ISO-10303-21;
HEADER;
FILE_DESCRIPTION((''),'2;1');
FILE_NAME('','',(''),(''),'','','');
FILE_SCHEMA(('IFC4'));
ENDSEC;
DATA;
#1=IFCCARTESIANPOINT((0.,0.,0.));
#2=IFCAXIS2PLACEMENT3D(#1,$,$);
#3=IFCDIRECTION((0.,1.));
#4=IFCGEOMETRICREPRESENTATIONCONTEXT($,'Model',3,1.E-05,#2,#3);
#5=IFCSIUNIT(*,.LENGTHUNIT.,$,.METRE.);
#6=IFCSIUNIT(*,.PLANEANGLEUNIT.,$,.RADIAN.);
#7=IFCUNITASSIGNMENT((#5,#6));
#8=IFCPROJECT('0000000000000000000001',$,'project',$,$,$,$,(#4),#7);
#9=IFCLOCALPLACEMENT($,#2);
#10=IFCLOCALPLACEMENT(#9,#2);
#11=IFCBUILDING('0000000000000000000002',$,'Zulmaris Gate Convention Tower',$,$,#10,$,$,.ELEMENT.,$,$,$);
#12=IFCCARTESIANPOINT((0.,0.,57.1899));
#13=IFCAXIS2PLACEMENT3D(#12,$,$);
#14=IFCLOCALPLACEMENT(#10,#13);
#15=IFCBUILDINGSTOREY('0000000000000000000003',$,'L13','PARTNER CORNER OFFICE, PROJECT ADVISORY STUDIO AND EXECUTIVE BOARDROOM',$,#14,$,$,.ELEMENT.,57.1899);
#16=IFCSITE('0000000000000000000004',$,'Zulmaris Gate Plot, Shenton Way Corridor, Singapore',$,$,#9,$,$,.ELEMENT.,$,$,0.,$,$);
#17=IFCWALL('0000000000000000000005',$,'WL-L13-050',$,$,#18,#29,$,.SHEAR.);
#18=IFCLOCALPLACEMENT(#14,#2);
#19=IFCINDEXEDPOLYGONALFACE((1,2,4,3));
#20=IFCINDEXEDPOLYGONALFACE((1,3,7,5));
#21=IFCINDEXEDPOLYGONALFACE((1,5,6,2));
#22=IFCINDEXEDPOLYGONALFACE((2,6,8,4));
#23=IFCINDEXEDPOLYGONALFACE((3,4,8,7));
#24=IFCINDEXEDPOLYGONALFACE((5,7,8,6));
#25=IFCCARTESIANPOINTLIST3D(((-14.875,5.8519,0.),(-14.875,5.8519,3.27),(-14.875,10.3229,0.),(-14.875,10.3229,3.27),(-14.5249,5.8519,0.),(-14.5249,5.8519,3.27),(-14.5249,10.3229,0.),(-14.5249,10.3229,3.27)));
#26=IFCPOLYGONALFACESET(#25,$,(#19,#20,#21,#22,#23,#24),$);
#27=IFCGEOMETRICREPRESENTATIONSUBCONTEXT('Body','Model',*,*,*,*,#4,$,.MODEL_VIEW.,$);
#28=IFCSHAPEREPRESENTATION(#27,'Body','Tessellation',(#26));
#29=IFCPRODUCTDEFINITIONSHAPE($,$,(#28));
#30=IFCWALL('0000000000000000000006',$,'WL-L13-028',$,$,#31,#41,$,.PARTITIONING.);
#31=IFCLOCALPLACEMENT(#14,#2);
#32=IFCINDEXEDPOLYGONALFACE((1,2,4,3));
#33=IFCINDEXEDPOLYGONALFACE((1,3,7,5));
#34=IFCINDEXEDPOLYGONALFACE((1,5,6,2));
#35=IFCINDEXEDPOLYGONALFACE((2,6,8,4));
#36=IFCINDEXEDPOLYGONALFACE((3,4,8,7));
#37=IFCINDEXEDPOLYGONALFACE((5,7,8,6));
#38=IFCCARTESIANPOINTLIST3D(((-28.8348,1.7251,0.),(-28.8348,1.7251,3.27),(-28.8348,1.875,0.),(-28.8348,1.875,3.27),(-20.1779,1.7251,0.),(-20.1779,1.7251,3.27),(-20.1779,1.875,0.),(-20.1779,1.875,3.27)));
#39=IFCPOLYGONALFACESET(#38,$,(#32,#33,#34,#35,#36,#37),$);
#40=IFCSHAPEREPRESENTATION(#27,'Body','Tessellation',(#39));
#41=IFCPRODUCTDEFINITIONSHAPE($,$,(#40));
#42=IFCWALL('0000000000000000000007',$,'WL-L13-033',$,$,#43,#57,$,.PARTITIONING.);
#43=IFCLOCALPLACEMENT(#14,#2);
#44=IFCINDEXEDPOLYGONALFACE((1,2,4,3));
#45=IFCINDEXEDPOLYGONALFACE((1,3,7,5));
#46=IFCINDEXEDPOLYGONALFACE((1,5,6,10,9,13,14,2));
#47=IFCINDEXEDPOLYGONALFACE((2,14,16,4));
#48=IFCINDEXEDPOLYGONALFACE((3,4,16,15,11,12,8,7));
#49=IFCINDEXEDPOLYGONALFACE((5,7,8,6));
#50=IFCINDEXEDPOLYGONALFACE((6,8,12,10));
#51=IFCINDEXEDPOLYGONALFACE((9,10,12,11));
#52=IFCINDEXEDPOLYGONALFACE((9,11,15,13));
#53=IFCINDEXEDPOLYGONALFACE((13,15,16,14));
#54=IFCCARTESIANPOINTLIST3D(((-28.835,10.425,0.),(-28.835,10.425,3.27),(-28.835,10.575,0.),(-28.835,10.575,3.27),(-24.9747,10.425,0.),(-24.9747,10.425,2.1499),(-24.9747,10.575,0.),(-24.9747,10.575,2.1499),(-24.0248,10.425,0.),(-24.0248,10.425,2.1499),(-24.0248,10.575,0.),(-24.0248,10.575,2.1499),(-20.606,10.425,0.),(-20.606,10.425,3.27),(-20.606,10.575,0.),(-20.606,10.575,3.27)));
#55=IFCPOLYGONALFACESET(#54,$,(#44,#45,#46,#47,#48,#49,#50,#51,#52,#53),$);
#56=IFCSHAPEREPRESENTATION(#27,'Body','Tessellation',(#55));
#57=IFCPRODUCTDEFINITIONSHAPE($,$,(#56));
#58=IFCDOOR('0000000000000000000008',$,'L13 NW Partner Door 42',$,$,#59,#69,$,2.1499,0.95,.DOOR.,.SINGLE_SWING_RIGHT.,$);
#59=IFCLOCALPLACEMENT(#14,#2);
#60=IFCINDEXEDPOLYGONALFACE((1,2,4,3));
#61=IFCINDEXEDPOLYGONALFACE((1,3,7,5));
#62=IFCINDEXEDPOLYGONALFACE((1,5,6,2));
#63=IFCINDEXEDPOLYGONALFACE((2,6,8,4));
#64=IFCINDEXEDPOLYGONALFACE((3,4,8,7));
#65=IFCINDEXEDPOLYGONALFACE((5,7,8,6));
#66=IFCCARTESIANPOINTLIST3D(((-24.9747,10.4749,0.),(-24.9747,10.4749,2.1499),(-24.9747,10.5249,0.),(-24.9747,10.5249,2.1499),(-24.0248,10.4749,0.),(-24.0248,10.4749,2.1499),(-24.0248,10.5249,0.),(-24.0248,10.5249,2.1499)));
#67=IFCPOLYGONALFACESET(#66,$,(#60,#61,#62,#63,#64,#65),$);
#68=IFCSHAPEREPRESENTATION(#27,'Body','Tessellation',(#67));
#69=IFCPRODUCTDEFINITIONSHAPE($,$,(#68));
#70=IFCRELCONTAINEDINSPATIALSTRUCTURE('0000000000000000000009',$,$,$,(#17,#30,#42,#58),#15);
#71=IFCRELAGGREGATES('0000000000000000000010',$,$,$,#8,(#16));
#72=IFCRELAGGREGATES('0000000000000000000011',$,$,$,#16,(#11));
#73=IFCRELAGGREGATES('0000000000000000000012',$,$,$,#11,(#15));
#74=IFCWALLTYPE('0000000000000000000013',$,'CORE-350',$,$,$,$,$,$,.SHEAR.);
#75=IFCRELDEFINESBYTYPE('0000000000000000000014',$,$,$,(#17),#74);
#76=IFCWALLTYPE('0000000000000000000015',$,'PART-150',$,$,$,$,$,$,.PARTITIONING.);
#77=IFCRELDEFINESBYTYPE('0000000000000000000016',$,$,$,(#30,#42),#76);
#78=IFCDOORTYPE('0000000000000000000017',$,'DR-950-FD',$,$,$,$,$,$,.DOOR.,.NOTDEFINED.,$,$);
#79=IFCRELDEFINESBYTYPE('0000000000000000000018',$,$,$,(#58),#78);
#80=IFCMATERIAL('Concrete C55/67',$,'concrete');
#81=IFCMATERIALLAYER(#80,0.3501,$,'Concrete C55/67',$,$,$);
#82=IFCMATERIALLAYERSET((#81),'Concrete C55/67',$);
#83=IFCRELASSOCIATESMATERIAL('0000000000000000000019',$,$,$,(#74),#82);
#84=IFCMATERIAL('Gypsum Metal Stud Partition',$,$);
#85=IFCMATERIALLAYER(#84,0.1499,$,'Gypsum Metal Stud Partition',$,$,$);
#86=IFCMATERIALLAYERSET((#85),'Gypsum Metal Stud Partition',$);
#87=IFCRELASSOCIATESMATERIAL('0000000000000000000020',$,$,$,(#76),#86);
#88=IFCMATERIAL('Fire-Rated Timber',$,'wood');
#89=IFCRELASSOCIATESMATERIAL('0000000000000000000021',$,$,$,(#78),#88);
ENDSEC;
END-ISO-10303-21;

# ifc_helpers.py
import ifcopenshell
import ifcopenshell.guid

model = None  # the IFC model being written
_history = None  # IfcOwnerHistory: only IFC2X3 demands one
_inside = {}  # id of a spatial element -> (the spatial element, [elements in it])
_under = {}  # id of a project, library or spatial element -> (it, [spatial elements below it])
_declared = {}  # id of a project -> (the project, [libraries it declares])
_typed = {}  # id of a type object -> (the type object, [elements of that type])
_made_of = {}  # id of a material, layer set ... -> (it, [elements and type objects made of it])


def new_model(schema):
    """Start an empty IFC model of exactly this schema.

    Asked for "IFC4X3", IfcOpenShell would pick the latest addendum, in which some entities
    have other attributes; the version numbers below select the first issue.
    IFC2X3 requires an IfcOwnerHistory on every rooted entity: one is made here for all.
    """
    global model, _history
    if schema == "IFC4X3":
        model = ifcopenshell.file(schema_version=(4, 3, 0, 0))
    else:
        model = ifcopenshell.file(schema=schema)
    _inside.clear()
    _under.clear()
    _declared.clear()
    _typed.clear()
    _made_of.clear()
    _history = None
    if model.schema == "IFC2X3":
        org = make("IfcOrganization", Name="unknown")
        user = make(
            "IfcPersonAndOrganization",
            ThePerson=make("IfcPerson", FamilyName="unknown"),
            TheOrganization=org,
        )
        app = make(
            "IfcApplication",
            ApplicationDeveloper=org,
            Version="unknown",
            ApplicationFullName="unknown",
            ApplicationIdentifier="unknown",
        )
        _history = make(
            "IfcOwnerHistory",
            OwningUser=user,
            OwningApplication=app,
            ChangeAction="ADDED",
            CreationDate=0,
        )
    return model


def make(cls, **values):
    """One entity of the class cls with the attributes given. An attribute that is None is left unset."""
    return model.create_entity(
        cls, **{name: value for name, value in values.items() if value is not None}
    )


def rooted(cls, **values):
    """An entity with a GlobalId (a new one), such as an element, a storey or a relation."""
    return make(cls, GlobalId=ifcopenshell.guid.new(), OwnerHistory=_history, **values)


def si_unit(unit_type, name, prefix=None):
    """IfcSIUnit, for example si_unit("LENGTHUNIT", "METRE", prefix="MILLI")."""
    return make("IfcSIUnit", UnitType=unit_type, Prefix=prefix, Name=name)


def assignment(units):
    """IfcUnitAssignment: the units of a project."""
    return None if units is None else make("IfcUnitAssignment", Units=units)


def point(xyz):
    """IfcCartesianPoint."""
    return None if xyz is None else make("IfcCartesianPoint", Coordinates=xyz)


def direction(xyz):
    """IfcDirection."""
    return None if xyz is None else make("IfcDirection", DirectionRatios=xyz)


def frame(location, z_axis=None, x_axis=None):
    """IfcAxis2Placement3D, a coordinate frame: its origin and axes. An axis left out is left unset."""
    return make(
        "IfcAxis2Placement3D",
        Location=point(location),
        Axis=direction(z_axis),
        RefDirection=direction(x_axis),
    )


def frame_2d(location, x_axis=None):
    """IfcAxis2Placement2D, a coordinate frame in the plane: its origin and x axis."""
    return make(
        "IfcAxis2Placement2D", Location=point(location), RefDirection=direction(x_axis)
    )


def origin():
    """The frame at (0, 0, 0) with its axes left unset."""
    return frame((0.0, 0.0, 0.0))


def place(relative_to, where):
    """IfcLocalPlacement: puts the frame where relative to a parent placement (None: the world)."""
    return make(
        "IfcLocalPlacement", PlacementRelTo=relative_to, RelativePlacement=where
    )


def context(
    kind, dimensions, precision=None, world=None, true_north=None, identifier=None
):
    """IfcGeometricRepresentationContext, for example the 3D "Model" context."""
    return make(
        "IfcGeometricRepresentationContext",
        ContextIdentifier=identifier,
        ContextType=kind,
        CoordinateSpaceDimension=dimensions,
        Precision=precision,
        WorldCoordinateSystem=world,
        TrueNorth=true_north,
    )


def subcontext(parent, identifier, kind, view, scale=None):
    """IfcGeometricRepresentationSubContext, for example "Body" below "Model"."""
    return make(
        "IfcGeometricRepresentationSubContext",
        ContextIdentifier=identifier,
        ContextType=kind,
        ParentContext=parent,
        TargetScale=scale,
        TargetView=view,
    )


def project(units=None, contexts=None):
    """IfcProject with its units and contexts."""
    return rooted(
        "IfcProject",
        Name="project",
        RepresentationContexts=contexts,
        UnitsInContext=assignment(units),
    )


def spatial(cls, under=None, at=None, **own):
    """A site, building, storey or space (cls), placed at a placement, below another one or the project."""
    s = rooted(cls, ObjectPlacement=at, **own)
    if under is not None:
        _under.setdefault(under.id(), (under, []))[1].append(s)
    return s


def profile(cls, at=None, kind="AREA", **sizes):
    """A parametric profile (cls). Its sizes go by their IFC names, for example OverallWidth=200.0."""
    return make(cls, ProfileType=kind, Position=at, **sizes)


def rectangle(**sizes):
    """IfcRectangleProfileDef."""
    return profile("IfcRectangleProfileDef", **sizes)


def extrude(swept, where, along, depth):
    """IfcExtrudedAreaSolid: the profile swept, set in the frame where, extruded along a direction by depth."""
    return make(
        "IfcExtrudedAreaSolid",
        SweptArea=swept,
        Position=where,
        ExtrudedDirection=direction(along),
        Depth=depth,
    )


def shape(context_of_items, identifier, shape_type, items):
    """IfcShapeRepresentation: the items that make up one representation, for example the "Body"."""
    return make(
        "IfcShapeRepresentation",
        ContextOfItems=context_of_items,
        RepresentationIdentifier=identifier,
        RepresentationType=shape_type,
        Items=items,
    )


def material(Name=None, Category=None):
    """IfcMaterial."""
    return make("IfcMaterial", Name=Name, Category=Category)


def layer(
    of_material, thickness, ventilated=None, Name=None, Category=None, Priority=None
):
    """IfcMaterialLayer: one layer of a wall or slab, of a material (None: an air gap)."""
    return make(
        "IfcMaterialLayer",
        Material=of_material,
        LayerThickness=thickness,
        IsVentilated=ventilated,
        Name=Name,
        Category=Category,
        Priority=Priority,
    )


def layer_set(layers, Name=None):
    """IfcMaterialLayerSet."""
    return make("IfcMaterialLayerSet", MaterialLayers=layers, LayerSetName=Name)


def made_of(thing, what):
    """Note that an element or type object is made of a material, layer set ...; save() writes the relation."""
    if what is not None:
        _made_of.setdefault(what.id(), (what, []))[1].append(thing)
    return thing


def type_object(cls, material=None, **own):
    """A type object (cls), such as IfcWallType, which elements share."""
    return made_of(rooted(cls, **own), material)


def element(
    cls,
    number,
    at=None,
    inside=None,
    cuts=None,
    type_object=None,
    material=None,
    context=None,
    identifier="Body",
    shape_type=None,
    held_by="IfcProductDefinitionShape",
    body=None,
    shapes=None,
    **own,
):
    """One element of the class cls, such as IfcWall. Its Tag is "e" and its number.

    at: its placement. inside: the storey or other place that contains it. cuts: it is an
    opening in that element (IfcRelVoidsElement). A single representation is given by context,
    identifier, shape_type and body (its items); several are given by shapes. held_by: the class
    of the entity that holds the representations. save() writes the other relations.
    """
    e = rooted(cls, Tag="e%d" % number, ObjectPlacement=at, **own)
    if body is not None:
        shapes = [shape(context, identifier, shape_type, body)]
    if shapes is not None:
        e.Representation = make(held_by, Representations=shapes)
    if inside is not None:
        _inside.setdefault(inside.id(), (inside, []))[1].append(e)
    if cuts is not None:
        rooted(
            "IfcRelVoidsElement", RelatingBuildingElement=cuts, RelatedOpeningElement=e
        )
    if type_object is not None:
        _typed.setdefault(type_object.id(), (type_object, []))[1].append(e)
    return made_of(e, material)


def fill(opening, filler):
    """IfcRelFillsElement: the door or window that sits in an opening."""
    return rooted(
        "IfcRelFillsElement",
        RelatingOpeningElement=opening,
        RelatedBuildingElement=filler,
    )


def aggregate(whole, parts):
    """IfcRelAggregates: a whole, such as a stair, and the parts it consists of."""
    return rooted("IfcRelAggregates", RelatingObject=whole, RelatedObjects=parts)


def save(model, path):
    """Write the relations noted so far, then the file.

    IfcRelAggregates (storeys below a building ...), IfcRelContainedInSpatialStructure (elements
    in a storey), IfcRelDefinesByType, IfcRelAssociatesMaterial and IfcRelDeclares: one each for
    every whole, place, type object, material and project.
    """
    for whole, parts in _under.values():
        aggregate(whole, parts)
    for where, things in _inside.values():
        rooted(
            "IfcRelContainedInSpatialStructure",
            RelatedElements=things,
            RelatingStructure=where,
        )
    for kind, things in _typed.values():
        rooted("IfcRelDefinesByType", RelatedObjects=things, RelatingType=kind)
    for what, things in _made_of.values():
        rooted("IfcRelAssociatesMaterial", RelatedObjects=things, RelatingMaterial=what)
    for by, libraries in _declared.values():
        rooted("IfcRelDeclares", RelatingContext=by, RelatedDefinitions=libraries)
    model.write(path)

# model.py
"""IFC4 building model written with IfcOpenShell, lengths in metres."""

from ifc_helpers import new_model, si_unit, direction, frame, frame_2d, origin, place, context, subcontext, project, spatial, rectangle, extrude, material, layer, layer_set, type_object, element, fill, save


model = new_model("IFC4")

# Units and contexts
model_context = context("Model", 3, precision=1e-05, world=origin(), true_north=direction((0.0, 1.0)))
body_context = subcontext(model_context, "Body", "Model", "MODEL_VIEW")
ifc_project = project(units=[si_unit("LENGTHUNIT", "METRE"), si_unit("PLANEANGLEUNIT", "RADIAN")], contexts=[model_context])

# Site, building, storey
site_placement = place(None, origin())
site = spatial("IfcSite", under=ifc_project, at=site_placement, Name="Zulmaris Gate Plot, Shenton Way Corridor, Singapore", CompositionType="ELEMENT", RefElevation=0.0)
building_placement = place(site_placement, origin())
building = spatial("IfcBuilding", under=site, at=building_placement, Name="Zulmaris Gate Convention Tower", CompositionType="ELEMENT")
storey_placement = place(building_placement, frame((0.0, 0.0, 57.1899)))
storey = spatial("IfcBuildingStorey", under=building, at=storey_placement, Name="L13", Description="PARTNER CORNER OFFICE, PROJECT ADVISORY STUDIO AND EXECUTIVE BOARDROOM", CompositionType="ELEMENT", Elevation=57.1899)

# Walls
ifc_material_1 = material(Name="Concrete C55/67", Category="concrete")
ifc_layer_1 = layer(ifc_material_1, 0.3501, Name="Concrete C55/67")
ifc_layer_set_1 = layer_set([ifc_layer_1], Name="Concrete C55/67")
wall_type_1 = type_object("IfcWallType", Name="CORE-350", PredefinedType="SHEAR", material=ifc_layer_set_1)
wall_1_placement = place(storey_placement, frame((-14.7, 5.8521, 0.0), z_axis=(0.0, 0.0, 1.0), x_axis=(0.0, 1.0, 0.0)))
element("IfcWall", 1, at=wall_1_placement, inside=storey, type_object=wall_type_1, Name="WL-L13-050", PredefinedType="SHEAR", context=body_context, shape_type="SweptSolid", body=[
    extrude(rectangle(XDim=4.4709, YDim=0.3501, at=frame_2d((2.2354, 0.0))), origin(), (0.0, 0.0, 1.0), 3.27),
])
ifc_material_2 = material(Name="Gypsum Metal Stud Partition")
ifc_layer_2 = layer(ifc_material_2, 0.1499, Name="Gypsum Metal Stud Partition")
ifc_layer_set_2 = layer_set([ifc_layer_2], Name="Gypsum Metal Stud Partition")
wall_type_2 = type_object("IfcWallType", Name="PART-150", PredefinedType="PARTITIONING", material=ifc_layer_set_2)
wall_2_placement = place(storey_placement, frame((-28.835, 1.8, 0.0), z_axis=(0.0, 0.0, 1.0), x_axis=(1.0, 0.0, 0.0)))
element("IfcWall", 2, at=wall_2_placement, inside=storey, type_object=wall_type_2, Name="WL-L13-028", PredefinedType="PARTITIONING", context=body_context, shape_type="SweptSolid", body=[
    extrude(rectangle(XDim=8.657, YDim=0.1499, at=frame_2d((4.3286, 0.0))), origin(), (0.0, 0.0, 1.0), 3.27),
])

# Wall, opening, door
wall_3_placement = place(storey_placement, frame((-28.835, 10.5, 0.0), z_axis=(0.0, 0.0, 1.0), x_axis=(1.0, 0.0, 0.0)))
wall_3 = element("IfcWall", 3, at=wall_3_placement, inside=storey, type_object=wall_type_2, Name="WL-L13-033", PredefinedType="PARTITIONING", context=body_context, shape_type="SweptSolid", body=[
    extrude(rectangle(XDim=8.229, YDim=0.1499, at=frame_2d((4.1145, 0.0))), origin(), (0.0, 0.0, 1.0), 3.27),
])
opening_1_placement = place(wall_3_placement, frame((3.8601, 0.0, 0.0)))
opening_1 = element("IfcOpeningElement", 4, at=opening_1_placement, cuts=wall_3, PredefinedType="OPENING", context=body_context, shape_type="SweptSolid", body=[
    extrude(rectangle(XDim=0.95, YDim=2.1499, at=frame_2d((0.4751, 1.075))), frame((0.0, 0.085, 0.0), z_axis=(0.0, -1.0, 0.0), x_axis=(1.0, 0.0, 0.0)), (0.0, 0.0, 1.0), 0.1699),
])
ifc_material_3 = material(Name="Fire-Rated Timber", Category="wood")
door_type_1 = type_object("IfcDoorType", Name="DR-950-FD", OperationType="NOTDEFINED", PredefinedType="DOOR", material=ifc_material_3)
door_1_placement = place(opening_1_placement, origin())
door_1 = element("IfcDoor", 5, at=door_1_placement, inside=storey, type_object=door_type_1, Name="L13 NW Partner Door 42", OperationType="SINGLE_SWING_RIGHT", OverallHeight=2.1499, OverallWidth=0.95, PredefinedType="DOOR", context=body_context, shape_type="SweptSolid", body=[
    extrude(rectangle(XDim=0.95, YDim=2.1499, at=frame_2d((0.4751, 1.075))), frame((0.0, 0.0249, 0.0), z_axis=(0.0, -1.0, 0.0), x_axis=(1.0, 0.0, 0.0)), (0.0, 0.0, 1.0), 0.05),
])
fill(opening_1, door_1)

save(model, "model.ifc")
